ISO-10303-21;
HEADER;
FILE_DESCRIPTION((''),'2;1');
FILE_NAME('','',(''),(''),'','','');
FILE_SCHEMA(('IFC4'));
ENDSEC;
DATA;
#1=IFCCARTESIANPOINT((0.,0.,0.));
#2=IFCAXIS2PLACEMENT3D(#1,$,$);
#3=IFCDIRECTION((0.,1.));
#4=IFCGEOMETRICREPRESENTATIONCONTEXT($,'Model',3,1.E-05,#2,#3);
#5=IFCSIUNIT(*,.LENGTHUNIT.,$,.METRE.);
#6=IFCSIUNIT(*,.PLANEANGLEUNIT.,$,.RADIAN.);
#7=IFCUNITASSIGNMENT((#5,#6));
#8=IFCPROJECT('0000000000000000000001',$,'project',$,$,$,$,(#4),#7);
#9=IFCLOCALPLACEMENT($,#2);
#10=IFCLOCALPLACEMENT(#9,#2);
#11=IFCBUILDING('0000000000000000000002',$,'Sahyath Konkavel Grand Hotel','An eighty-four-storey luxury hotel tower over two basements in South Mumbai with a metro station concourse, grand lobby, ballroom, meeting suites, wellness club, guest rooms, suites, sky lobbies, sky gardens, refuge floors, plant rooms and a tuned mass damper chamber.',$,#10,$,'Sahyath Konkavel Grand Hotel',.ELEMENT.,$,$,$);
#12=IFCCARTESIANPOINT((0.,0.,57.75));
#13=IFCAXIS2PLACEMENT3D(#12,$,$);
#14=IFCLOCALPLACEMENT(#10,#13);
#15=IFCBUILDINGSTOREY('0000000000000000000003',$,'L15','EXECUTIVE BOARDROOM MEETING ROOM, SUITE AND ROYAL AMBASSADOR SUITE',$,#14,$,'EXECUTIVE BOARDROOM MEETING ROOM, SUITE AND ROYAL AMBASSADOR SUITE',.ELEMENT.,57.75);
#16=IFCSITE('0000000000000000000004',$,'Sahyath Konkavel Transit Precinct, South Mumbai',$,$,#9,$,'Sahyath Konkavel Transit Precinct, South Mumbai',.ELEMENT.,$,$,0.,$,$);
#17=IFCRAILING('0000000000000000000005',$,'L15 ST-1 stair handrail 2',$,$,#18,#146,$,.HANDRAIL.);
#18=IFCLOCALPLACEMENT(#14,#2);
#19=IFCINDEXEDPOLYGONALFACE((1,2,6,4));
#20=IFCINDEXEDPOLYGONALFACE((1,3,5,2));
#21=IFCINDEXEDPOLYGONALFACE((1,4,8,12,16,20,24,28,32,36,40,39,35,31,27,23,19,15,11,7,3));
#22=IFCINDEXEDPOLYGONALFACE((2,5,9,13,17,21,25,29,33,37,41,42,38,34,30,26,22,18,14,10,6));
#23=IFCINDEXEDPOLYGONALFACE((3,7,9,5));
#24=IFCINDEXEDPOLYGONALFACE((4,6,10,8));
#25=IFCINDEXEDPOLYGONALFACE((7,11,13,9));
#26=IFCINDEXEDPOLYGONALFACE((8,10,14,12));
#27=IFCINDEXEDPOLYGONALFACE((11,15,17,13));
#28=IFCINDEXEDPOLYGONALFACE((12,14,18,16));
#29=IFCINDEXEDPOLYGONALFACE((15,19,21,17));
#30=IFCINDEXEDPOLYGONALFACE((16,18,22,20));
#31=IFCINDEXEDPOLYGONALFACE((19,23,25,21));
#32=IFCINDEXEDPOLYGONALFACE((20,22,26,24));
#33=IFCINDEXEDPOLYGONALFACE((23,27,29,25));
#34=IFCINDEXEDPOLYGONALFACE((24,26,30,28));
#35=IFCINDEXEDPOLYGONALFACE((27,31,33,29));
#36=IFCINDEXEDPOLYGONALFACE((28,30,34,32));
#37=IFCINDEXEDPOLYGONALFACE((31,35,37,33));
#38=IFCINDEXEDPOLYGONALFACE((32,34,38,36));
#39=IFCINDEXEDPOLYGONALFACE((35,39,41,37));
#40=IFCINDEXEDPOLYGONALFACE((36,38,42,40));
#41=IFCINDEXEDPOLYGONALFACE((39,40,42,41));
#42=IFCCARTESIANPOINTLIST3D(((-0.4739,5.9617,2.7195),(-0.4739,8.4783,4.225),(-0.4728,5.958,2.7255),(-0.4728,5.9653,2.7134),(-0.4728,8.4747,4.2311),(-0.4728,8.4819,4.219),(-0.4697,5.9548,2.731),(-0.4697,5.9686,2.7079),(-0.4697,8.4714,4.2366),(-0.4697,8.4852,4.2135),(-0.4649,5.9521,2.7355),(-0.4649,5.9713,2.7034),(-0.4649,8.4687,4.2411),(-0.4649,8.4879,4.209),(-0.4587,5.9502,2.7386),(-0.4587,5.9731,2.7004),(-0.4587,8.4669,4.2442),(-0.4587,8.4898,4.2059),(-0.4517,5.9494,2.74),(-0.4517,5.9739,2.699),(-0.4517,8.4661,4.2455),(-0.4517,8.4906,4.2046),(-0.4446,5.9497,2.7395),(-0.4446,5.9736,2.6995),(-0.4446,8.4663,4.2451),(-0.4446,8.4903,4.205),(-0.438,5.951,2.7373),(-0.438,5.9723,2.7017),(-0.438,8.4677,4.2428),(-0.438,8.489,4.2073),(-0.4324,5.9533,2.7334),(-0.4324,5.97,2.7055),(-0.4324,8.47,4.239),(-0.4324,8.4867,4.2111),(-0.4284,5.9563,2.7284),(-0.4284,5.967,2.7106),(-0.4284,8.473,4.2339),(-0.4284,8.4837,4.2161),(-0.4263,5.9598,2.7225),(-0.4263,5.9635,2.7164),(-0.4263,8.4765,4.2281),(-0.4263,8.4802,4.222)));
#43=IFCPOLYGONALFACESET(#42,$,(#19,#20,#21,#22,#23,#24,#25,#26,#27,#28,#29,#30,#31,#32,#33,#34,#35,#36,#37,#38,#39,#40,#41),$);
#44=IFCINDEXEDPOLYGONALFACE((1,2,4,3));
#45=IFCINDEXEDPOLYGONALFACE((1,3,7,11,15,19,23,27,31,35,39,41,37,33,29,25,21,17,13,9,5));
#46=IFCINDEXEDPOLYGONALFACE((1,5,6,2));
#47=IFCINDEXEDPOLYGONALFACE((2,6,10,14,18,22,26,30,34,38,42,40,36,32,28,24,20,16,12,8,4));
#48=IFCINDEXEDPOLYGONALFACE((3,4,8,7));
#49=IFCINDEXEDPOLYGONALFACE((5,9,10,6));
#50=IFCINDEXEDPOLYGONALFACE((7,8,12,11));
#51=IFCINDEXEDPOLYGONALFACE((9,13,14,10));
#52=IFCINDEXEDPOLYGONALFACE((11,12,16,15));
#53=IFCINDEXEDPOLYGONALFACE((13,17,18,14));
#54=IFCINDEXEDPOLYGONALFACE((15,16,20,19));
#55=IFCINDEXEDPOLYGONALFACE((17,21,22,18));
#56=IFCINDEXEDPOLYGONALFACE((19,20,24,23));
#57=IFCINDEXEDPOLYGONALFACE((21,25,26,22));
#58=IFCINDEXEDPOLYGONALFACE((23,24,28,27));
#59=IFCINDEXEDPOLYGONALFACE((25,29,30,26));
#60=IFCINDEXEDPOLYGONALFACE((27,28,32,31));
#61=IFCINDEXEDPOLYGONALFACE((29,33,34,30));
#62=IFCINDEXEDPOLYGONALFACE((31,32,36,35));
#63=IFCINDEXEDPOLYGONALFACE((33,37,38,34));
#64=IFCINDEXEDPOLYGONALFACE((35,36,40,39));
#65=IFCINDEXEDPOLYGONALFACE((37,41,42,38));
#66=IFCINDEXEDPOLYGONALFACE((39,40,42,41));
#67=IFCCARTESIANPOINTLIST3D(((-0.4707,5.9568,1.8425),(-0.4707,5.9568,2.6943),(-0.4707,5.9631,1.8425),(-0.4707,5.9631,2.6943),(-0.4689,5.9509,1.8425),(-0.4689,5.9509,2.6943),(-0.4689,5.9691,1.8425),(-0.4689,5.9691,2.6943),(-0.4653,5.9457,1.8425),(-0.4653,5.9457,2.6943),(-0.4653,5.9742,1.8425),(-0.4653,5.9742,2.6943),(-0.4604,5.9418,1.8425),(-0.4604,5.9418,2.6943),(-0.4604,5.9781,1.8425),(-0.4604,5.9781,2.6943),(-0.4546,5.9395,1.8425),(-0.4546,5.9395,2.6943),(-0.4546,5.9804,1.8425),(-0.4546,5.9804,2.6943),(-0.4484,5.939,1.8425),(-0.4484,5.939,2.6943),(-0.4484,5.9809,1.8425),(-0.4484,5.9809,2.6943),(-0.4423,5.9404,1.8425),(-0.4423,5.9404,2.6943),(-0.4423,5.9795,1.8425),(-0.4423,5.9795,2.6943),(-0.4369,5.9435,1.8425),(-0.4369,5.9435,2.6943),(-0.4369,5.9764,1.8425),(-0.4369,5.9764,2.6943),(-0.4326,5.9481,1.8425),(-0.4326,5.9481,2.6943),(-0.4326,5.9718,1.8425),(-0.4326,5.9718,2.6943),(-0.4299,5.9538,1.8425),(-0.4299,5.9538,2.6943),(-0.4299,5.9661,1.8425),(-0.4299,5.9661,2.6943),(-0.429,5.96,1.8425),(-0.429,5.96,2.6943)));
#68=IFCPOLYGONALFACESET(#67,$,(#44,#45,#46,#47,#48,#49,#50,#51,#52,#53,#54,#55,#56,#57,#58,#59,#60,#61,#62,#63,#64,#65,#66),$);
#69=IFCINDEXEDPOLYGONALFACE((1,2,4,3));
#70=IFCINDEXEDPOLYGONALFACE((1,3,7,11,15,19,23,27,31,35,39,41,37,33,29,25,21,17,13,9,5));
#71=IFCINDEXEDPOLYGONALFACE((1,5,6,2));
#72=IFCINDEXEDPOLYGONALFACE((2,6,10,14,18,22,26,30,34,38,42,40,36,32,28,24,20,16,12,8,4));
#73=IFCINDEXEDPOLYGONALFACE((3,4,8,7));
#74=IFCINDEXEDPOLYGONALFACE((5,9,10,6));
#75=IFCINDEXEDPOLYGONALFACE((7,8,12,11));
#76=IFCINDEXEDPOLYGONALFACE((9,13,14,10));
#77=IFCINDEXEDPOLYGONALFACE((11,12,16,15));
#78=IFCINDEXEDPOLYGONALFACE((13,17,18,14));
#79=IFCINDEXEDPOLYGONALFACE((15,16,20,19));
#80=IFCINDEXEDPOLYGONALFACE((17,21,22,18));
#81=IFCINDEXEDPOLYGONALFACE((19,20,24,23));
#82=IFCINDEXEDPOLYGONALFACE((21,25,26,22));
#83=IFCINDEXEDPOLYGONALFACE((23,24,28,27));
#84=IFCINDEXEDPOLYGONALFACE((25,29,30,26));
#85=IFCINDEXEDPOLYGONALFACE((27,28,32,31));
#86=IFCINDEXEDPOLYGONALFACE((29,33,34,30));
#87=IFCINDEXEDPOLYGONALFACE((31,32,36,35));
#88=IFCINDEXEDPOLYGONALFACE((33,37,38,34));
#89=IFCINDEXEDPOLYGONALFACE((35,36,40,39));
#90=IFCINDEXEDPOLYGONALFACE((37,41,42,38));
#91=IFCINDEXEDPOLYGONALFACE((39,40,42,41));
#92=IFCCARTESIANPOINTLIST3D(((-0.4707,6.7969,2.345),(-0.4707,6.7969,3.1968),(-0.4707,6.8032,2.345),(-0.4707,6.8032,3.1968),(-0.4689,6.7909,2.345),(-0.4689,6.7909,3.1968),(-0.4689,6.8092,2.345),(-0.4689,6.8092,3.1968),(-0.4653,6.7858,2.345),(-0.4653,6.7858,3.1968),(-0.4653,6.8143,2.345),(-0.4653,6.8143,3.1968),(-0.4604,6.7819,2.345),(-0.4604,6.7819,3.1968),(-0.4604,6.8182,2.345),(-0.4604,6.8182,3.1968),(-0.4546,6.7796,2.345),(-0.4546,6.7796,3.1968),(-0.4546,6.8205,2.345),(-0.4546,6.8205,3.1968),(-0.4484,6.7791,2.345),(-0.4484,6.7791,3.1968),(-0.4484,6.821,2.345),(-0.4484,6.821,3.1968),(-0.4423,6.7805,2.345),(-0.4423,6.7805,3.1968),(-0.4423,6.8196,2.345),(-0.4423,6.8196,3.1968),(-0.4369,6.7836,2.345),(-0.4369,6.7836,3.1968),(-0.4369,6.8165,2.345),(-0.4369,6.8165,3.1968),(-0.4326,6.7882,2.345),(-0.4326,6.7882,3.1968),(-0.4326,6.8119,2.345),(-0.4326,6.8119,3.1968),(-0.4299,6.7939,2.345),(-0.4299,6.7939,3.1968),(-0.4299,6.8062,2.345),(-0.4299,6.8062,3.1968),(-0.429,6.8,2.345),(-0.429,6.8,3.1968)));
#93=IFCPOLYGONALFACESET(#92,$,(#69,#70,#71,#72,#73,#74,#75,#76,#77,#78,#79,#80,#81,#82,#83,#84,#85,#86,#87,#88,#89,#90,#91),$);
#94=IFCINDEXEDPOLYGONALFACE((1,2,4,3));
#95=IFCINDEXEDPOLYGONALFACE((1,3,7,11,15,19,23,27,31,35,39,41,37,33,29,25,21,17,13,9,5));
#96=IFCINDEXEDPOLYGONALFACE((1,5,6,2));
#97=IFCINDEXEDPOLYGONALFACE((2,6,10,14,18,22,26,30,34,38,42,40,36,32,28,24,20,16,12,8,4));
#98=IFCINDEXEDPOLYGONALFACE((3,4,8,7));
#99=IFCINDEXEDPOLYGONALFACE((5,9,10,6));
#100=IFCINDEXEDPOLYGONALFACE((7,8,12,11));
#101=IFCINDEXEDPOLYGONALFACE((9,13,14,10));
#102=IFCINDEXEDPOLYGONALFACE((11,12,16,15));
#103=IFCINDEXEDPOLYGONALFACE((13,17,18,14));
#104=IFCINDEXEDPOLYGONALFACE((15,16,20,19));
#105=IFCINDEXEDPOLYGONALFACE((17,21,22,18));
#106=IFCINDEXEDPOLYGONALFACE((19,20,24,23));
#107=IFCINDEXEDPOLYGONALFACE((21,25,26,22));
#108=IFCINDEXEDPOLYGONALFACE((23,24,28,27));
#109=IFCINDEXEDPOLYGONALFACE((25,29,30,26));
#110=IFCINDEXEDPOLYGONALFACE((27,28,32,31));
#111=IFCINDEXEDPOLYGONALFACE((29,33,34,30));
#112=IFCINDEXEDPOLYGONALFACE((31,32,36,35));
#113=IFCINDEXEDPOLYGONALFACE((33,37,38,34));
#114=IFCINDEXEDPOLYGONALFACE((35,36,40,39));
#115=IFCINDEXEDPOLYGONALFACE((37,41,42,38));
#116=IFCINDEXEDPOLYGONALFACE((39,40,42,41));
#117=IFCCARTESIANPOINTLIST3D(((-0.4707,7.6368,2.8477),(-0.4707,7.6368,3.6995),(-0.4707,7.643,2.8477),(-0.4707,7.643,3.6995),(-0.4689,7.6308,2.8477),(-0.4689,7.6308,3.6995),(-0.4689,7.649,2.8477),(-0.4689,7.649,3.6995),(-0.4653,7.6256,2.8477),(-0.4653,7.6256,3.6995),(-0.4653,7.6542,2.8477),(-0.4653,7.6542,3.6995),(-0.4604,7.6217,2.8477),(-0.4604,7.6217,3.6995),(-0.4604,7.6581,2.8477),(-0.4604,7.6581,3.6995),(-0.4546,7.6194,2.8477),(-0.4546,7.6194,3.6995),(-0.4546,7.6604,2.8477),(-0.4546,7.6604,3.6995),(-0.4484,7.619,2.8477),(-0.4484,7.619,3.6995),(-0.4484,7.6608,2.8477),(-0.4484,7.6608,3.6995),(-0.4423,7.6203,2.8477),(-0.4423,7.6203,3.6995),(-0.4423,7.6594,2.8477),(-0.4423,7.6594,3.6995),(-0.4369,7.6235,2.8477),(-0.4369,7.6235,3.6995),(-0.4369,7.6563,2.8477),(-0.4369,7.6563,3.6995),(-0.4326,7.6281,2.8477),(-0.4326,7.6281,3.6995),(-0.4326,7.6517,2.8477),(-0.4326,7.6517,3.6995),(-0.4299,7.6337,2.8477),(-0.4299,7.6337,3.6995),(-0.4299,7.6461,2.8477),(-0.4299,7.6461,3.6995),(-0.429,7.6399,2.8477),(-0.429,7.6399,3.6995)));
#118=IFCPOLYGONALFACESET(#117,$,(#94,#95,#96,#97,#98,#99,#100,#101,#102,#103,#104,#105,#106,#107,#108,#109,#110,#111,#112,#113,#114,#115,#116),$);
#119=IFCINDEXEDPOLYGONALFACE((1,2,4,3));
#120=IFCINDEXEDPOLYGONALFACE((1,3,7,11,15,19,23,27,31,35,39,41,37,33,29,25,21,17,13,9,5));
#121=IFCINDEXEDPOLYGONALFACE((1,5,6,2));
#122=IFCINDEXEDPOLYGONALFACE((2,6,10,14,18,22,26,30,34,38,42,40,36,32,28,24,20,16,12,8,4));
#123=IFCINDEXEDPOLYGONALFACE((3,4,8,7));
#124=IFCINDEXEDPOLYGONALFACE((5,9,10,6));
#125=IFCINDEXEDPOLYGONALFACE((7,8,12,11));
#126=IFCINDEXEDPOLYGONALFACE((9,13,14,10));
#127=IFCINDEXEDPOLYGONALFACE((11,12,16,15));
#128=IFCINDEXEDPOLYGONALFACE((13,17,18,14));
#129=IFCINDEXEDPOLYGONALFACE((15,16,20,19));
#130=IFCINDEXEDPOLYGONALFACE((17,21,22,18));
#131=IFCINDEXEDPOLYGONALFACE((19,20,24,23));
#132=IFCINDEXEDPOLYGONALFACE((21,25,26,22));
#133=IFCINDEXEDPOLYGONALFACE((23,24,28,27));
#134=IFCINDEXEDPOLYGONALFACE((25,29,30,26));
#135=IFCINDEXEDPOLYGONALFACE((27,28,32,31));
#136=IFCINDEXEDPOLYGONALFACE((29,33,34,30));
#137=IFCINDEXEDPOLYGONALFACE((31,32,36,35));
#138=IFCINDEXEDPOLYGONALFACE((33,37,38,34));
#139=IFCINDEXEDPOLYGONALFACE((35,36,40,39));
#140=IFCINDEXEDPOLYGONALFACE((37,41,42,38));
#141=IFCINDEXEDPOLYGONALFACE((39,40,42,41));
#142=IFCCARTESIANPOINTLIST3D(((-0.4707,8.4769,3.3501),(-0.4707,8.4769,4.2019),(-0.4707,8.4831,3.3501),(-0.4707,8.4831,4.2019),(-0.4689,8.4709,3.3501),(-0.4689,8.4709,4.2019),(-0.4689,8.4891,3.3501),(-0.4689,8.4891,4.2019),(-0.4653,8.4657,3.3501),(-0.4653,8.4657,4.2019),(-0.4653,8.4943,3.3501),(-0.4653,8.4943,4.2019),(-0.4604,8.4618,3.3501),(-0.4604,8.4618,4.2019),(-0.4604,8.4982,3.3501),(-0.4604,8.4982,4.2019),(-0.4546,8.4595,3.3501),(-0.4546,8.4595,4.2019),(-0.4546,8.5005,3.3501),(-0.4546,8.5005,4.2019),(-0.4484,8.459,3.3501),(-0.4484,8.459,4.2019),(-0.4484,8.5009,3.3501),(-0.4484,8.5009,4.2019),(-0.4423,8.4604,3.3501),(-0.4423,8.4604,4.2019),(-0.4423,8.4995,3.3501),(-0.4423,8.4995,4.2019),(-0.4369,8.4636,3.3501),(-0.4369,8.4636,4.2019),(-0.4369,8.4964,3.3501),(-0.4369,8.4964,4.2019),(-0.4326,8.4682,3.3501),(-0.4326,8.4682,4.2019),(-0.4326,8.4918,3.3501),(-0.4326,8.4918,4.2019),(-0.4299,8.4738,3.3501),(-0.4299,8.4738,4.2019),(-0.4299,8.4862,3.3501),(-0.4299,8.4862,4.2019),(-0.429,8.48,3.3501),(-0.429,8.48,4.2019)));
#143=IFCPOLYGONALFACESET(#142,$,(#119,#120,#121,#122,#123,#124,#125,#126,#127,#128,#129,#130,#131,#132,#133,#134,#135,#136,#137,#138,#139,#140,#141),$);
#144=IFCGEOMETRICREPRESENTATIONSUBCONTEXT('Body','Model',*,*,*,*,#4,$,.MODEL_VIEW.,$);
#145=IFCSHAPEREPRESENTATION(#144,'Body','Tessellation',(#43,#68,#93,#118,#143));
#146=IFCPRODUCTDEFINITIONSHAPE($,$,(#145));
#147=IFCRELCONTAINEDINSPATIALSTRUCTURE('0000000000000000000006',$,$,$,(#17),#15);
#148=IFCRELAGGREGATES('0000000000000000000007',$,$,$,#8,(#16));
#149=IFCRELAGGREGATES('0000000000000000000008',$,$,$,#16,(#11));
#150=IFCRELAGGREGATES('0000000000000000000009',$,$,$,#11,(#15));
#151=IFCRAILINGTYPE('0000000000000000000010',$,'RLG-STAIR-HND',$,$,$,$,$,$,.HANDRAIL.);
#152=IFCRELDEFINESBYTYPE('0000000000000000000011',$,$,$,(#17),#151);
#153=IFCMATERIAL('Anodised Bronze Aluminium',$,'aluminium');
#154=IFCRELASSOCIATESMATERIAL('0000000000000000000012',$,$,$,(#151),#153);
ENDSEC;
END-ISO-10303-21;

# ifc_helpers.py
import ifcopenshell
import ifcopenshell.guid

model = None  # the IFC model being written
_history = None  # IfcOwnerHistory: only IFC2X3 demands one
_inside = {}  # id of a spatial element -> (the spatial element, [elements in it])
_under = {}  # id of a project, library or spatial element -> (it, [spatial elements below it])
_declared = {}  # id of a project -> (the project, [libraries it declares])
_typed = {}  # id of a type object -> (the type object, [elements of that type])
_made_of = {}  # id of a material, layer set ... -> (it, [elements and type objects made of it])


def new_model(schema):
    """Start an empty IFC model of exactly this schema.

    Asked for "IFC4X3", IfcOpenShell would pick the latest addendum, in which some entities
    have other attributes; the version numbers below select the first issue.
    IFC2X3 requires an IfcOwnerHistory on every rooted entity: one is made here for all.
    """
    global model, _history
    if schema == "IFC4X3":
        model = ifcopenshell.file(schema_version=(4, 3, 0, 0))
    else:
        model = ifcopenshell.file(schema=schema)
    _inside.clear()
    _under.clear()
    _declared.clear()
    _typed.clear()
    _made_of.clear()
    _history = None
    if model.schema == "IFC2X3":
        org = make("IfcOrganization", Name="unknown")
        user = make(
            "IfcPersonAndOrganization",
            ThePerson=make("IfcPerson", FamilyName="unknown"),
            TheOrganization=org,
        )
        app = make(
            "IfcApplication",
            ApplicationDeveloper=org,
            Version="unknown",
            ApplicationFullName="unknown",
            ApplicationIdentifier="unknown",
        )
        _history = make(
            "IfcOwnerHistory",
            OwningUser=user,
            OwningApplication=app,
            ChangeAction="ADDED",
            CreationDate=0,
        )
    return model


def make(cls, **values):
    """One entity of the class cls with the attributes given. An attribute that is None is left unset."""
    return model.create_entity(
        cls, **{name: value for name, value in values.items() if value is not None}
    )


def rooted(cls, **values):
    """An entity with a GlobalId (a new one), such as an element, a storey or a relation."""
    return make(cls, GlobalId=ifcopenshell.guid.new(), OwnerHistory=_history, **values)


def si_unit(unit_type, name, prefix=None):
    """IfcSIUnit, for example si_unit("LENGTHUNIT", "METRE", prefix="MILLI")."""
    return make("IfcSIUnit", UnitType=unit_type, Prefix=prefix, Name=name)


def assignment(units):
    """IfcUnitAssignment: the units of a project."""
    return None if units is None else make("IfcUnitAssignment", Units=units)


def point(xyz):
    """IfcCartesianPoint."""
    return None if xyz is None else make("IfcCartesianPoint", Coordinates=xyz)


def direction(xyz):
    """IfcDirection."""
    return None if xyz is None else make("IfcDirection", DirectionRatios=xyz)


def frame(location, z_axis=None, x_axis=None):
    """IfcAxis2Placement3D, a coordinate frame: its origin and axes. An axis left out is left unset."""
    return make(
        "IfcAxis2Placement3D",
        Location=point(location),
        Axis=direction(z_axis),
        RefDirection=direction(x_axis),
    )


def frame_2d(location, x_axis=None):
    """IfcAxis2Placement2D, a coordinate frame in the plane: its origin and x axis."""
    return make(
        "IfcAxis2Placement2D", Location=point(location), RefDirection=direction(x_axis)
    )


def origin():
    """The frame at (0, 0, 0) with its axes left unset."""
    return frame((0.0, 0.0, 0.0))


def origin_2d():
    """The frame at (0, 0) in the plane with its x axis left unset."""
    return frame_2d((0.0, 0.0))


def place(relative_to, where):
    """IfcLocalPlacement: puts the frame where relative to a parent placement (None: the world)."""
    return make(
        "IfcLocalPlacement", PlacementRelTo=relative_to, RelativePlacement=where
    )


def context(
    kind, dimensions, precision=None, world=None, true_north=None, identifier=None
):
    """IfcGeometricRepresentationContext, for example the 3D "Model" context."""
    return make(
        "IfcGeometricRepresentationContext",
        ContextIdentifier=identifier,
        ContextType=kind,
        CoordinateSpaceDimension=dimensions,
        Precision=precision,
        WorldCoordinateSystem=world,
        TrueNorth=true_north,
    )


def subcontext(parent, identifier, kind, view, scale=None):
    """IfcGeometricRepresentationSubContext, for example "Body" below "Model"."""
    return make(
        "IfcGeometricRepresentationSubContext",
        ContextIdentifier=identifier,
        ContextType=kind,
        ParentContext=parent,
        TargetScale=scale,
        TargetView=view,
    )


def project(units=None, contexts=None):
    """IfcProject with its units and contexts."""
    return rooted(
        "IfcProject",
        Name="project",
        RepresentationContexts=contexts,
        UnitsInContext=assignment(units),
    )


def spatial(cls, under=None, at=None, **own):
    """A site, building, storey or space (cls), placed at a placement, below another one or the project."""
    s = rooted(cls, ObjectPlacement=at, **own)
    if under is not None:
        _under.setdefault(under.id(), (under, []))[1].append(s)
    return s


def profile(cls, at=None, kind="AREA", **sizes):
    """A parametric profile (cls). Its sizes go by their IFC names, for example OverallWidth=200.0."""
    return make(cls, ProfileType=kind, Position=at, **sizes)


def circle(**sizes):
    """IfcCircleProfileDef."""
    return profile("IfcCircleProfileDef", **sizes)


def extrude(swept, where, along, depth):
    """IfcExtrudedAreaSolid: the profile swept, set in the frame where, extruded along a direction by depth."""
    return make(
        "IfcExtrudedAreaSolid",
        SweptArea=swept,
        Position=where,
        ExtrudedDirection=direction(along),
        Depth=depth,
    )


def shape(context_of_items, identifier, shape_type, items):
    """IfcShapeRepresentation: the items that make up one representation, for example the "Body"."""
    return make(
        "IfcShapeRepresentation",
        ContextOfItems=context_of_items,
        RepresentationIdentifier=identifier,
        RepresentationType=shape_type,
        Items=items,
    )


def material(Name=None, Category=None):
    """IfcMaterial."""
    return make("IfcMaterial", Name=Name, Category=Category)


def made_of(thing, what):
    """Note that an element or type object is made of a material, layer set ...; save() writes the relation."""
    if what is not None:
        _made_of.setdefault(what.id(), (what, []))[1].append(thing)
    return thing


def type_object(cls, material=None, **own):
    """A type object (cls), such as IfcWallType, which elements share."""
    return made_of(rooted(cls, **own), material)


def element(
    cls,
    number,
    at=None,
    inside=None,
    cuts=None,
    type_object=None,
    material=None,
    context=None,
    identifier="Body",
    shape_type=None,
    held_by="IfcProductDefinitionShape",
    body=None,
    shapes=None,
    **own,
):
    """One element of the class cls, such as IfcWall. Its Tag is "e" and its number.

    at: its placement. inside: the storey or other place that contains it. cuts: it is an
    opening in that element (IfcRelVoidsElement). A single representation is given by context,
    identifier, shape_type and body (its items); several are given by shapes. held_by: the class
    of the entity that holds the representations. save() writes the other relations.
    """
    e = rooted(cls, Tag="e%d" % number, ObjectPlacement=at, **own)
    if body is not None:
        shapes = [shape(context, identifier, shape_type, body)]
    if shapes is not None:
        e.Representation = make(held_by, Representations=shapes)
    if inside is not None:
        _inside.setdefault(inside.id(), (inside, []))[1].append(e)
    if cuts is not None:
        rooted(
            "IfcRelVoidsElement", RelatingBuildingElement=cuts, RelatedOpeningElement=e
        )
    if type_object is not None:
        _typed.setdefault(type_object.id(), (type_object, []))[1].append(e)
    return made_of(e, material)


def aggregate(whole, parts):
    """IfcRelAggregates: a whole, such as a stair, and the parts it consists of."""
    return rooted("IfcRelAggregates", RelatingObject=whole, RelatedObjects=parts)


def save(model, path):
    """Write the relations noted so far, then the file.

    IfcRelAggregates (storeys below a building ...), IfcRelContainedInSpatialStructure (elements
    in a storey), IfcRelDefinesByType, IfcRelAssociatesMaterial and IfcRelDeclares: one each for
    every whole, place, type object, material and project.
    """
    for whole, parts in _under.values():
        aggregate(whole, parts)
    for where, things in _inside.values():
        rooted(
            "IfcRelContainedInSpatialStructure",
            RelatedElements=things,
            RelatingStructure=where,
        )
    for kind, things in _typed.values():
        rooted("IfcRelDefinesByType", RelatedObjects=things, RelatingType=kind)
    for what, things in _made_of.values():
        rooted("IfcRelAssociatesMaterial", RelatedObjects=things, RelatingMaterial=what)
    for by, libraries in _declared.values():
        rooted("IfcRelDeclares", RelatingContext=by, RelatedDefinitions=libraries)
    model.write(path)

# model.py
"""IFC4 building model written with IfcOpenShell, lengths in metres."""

from ifc_helpers import new_model, si_unit, direction, frame, origin, origin_2d, place, context, subcontext, project, spatial, circle, extrude, material, type_object, element, save


model = new_model("IFC4")

# Units and contexts
model_context = context("Model", 3, precision=1e-05, world=origin(), true_north=direction((0.0, 1.0)))
body_context = subcontext(model_context, "Body", "Model", "MODEL_VIEW")
ifc_project = project(units=[si_unit("LENGTHUNIT", "METRE"), si_unit("PLANEANGLEUNIT", "RADIAN")], contexts=[model_context])

# Site, building, storey
site_placement = place(None, origin())
site = spatial("IfcSite", under=ifc_project, at=site_placement, Name="Sahyath Konkavel Transit Precinct, South Mumbai", LongName="Sahyath Konkavel Transit Precinct, South Mumbai", CompositionType="ELEMENT", RefElevation=0.0)
building_placement = place(site_placement, origin())
building = spatial("IfcBuilding", under=site, at=building_placement, Name="Sahyath Konkavel Grand Hotel", Description="An eighty-four-storey luxury hotel tower over two basements in South Mumbai with a metro station concourse, grand lobby, ballroom, meeting suites, wellness club, guest rooms, suites, sky lobbies, sky gardens, refuge floors, plant rooms and a tuned mass damper chamber.", LongName="Sahyath Konkavel Grand Hotel", CompositionType="ELEMENT")
storey_placement = place(building_placement, frame((0.0, 0.0, 57.75)))
storey = spatial("IfcBuildingStorey", under=building, at=storey_placement, Name="L15", Description="EXECUTIVE BOARDROOM MEETING ROOM, SUITE AND ROYAL AMBASSADOR SUITE", LongName="EXECUTIVE BOARDROOM MEETING ROOM, SUITE AND ROYAL AMBASSADOR SUITE", CompositionType="ELEMENT", Elevation=57.75)

# Railing
ifc_material_1 = material(Name="Anodised Bronze Aluminium", Category="aluminium")
railing_type_1 = type_object("IfcRailingType", Name="RLG-STAIR-HND", PredefinedType="HANDRAIL", material=ifc_material_1)
railing_1_placement = place(storey_placement, frame((-0.45, 5.96, 1.8425)))
element("IfcRailing", 1, at=railing_1_placement, inside=storey, type_object=railing_type_1, Name="L15 ST-1 stair handrail 2", PredefinedType="HANDRAIL", context=body_context, shape_type="SweptSolid", body=[
    extrude(circle(Radius=0.0239, at=origin_2d()), frame((0.0, 0.0017, 0.877), z_axis=(0.0, 0.85816, 0.513383), x_axis=(-1.0, 0.0, 0.0)), (0.0, 0.0, 1.0), 2.9326),
    extrude(circle(Radius=0.021, at=origin_2d()), origin(), (0.0, 0.0, 1.0), 0.8518),
    extrude(circle(Radius=0.021, at=origin_2d()), frame((0.0, 0.8401, 0.5024)), (0.0, 0.0, 1.0), 0.8518),
    extrude(circle(Radius=0.021, at=origin_2d()), frame((0.0, 1.6799, 1.0051)), (0.0, 0.0, 1.0), 0.8518),
    extrude(circle(Radius=0.021, at=origin_2d()), frame((0.0, 2.52, 1.5076)), (0.0, 0.0, 1.0), 0.8518),
])

save(model, "model.ifc")
